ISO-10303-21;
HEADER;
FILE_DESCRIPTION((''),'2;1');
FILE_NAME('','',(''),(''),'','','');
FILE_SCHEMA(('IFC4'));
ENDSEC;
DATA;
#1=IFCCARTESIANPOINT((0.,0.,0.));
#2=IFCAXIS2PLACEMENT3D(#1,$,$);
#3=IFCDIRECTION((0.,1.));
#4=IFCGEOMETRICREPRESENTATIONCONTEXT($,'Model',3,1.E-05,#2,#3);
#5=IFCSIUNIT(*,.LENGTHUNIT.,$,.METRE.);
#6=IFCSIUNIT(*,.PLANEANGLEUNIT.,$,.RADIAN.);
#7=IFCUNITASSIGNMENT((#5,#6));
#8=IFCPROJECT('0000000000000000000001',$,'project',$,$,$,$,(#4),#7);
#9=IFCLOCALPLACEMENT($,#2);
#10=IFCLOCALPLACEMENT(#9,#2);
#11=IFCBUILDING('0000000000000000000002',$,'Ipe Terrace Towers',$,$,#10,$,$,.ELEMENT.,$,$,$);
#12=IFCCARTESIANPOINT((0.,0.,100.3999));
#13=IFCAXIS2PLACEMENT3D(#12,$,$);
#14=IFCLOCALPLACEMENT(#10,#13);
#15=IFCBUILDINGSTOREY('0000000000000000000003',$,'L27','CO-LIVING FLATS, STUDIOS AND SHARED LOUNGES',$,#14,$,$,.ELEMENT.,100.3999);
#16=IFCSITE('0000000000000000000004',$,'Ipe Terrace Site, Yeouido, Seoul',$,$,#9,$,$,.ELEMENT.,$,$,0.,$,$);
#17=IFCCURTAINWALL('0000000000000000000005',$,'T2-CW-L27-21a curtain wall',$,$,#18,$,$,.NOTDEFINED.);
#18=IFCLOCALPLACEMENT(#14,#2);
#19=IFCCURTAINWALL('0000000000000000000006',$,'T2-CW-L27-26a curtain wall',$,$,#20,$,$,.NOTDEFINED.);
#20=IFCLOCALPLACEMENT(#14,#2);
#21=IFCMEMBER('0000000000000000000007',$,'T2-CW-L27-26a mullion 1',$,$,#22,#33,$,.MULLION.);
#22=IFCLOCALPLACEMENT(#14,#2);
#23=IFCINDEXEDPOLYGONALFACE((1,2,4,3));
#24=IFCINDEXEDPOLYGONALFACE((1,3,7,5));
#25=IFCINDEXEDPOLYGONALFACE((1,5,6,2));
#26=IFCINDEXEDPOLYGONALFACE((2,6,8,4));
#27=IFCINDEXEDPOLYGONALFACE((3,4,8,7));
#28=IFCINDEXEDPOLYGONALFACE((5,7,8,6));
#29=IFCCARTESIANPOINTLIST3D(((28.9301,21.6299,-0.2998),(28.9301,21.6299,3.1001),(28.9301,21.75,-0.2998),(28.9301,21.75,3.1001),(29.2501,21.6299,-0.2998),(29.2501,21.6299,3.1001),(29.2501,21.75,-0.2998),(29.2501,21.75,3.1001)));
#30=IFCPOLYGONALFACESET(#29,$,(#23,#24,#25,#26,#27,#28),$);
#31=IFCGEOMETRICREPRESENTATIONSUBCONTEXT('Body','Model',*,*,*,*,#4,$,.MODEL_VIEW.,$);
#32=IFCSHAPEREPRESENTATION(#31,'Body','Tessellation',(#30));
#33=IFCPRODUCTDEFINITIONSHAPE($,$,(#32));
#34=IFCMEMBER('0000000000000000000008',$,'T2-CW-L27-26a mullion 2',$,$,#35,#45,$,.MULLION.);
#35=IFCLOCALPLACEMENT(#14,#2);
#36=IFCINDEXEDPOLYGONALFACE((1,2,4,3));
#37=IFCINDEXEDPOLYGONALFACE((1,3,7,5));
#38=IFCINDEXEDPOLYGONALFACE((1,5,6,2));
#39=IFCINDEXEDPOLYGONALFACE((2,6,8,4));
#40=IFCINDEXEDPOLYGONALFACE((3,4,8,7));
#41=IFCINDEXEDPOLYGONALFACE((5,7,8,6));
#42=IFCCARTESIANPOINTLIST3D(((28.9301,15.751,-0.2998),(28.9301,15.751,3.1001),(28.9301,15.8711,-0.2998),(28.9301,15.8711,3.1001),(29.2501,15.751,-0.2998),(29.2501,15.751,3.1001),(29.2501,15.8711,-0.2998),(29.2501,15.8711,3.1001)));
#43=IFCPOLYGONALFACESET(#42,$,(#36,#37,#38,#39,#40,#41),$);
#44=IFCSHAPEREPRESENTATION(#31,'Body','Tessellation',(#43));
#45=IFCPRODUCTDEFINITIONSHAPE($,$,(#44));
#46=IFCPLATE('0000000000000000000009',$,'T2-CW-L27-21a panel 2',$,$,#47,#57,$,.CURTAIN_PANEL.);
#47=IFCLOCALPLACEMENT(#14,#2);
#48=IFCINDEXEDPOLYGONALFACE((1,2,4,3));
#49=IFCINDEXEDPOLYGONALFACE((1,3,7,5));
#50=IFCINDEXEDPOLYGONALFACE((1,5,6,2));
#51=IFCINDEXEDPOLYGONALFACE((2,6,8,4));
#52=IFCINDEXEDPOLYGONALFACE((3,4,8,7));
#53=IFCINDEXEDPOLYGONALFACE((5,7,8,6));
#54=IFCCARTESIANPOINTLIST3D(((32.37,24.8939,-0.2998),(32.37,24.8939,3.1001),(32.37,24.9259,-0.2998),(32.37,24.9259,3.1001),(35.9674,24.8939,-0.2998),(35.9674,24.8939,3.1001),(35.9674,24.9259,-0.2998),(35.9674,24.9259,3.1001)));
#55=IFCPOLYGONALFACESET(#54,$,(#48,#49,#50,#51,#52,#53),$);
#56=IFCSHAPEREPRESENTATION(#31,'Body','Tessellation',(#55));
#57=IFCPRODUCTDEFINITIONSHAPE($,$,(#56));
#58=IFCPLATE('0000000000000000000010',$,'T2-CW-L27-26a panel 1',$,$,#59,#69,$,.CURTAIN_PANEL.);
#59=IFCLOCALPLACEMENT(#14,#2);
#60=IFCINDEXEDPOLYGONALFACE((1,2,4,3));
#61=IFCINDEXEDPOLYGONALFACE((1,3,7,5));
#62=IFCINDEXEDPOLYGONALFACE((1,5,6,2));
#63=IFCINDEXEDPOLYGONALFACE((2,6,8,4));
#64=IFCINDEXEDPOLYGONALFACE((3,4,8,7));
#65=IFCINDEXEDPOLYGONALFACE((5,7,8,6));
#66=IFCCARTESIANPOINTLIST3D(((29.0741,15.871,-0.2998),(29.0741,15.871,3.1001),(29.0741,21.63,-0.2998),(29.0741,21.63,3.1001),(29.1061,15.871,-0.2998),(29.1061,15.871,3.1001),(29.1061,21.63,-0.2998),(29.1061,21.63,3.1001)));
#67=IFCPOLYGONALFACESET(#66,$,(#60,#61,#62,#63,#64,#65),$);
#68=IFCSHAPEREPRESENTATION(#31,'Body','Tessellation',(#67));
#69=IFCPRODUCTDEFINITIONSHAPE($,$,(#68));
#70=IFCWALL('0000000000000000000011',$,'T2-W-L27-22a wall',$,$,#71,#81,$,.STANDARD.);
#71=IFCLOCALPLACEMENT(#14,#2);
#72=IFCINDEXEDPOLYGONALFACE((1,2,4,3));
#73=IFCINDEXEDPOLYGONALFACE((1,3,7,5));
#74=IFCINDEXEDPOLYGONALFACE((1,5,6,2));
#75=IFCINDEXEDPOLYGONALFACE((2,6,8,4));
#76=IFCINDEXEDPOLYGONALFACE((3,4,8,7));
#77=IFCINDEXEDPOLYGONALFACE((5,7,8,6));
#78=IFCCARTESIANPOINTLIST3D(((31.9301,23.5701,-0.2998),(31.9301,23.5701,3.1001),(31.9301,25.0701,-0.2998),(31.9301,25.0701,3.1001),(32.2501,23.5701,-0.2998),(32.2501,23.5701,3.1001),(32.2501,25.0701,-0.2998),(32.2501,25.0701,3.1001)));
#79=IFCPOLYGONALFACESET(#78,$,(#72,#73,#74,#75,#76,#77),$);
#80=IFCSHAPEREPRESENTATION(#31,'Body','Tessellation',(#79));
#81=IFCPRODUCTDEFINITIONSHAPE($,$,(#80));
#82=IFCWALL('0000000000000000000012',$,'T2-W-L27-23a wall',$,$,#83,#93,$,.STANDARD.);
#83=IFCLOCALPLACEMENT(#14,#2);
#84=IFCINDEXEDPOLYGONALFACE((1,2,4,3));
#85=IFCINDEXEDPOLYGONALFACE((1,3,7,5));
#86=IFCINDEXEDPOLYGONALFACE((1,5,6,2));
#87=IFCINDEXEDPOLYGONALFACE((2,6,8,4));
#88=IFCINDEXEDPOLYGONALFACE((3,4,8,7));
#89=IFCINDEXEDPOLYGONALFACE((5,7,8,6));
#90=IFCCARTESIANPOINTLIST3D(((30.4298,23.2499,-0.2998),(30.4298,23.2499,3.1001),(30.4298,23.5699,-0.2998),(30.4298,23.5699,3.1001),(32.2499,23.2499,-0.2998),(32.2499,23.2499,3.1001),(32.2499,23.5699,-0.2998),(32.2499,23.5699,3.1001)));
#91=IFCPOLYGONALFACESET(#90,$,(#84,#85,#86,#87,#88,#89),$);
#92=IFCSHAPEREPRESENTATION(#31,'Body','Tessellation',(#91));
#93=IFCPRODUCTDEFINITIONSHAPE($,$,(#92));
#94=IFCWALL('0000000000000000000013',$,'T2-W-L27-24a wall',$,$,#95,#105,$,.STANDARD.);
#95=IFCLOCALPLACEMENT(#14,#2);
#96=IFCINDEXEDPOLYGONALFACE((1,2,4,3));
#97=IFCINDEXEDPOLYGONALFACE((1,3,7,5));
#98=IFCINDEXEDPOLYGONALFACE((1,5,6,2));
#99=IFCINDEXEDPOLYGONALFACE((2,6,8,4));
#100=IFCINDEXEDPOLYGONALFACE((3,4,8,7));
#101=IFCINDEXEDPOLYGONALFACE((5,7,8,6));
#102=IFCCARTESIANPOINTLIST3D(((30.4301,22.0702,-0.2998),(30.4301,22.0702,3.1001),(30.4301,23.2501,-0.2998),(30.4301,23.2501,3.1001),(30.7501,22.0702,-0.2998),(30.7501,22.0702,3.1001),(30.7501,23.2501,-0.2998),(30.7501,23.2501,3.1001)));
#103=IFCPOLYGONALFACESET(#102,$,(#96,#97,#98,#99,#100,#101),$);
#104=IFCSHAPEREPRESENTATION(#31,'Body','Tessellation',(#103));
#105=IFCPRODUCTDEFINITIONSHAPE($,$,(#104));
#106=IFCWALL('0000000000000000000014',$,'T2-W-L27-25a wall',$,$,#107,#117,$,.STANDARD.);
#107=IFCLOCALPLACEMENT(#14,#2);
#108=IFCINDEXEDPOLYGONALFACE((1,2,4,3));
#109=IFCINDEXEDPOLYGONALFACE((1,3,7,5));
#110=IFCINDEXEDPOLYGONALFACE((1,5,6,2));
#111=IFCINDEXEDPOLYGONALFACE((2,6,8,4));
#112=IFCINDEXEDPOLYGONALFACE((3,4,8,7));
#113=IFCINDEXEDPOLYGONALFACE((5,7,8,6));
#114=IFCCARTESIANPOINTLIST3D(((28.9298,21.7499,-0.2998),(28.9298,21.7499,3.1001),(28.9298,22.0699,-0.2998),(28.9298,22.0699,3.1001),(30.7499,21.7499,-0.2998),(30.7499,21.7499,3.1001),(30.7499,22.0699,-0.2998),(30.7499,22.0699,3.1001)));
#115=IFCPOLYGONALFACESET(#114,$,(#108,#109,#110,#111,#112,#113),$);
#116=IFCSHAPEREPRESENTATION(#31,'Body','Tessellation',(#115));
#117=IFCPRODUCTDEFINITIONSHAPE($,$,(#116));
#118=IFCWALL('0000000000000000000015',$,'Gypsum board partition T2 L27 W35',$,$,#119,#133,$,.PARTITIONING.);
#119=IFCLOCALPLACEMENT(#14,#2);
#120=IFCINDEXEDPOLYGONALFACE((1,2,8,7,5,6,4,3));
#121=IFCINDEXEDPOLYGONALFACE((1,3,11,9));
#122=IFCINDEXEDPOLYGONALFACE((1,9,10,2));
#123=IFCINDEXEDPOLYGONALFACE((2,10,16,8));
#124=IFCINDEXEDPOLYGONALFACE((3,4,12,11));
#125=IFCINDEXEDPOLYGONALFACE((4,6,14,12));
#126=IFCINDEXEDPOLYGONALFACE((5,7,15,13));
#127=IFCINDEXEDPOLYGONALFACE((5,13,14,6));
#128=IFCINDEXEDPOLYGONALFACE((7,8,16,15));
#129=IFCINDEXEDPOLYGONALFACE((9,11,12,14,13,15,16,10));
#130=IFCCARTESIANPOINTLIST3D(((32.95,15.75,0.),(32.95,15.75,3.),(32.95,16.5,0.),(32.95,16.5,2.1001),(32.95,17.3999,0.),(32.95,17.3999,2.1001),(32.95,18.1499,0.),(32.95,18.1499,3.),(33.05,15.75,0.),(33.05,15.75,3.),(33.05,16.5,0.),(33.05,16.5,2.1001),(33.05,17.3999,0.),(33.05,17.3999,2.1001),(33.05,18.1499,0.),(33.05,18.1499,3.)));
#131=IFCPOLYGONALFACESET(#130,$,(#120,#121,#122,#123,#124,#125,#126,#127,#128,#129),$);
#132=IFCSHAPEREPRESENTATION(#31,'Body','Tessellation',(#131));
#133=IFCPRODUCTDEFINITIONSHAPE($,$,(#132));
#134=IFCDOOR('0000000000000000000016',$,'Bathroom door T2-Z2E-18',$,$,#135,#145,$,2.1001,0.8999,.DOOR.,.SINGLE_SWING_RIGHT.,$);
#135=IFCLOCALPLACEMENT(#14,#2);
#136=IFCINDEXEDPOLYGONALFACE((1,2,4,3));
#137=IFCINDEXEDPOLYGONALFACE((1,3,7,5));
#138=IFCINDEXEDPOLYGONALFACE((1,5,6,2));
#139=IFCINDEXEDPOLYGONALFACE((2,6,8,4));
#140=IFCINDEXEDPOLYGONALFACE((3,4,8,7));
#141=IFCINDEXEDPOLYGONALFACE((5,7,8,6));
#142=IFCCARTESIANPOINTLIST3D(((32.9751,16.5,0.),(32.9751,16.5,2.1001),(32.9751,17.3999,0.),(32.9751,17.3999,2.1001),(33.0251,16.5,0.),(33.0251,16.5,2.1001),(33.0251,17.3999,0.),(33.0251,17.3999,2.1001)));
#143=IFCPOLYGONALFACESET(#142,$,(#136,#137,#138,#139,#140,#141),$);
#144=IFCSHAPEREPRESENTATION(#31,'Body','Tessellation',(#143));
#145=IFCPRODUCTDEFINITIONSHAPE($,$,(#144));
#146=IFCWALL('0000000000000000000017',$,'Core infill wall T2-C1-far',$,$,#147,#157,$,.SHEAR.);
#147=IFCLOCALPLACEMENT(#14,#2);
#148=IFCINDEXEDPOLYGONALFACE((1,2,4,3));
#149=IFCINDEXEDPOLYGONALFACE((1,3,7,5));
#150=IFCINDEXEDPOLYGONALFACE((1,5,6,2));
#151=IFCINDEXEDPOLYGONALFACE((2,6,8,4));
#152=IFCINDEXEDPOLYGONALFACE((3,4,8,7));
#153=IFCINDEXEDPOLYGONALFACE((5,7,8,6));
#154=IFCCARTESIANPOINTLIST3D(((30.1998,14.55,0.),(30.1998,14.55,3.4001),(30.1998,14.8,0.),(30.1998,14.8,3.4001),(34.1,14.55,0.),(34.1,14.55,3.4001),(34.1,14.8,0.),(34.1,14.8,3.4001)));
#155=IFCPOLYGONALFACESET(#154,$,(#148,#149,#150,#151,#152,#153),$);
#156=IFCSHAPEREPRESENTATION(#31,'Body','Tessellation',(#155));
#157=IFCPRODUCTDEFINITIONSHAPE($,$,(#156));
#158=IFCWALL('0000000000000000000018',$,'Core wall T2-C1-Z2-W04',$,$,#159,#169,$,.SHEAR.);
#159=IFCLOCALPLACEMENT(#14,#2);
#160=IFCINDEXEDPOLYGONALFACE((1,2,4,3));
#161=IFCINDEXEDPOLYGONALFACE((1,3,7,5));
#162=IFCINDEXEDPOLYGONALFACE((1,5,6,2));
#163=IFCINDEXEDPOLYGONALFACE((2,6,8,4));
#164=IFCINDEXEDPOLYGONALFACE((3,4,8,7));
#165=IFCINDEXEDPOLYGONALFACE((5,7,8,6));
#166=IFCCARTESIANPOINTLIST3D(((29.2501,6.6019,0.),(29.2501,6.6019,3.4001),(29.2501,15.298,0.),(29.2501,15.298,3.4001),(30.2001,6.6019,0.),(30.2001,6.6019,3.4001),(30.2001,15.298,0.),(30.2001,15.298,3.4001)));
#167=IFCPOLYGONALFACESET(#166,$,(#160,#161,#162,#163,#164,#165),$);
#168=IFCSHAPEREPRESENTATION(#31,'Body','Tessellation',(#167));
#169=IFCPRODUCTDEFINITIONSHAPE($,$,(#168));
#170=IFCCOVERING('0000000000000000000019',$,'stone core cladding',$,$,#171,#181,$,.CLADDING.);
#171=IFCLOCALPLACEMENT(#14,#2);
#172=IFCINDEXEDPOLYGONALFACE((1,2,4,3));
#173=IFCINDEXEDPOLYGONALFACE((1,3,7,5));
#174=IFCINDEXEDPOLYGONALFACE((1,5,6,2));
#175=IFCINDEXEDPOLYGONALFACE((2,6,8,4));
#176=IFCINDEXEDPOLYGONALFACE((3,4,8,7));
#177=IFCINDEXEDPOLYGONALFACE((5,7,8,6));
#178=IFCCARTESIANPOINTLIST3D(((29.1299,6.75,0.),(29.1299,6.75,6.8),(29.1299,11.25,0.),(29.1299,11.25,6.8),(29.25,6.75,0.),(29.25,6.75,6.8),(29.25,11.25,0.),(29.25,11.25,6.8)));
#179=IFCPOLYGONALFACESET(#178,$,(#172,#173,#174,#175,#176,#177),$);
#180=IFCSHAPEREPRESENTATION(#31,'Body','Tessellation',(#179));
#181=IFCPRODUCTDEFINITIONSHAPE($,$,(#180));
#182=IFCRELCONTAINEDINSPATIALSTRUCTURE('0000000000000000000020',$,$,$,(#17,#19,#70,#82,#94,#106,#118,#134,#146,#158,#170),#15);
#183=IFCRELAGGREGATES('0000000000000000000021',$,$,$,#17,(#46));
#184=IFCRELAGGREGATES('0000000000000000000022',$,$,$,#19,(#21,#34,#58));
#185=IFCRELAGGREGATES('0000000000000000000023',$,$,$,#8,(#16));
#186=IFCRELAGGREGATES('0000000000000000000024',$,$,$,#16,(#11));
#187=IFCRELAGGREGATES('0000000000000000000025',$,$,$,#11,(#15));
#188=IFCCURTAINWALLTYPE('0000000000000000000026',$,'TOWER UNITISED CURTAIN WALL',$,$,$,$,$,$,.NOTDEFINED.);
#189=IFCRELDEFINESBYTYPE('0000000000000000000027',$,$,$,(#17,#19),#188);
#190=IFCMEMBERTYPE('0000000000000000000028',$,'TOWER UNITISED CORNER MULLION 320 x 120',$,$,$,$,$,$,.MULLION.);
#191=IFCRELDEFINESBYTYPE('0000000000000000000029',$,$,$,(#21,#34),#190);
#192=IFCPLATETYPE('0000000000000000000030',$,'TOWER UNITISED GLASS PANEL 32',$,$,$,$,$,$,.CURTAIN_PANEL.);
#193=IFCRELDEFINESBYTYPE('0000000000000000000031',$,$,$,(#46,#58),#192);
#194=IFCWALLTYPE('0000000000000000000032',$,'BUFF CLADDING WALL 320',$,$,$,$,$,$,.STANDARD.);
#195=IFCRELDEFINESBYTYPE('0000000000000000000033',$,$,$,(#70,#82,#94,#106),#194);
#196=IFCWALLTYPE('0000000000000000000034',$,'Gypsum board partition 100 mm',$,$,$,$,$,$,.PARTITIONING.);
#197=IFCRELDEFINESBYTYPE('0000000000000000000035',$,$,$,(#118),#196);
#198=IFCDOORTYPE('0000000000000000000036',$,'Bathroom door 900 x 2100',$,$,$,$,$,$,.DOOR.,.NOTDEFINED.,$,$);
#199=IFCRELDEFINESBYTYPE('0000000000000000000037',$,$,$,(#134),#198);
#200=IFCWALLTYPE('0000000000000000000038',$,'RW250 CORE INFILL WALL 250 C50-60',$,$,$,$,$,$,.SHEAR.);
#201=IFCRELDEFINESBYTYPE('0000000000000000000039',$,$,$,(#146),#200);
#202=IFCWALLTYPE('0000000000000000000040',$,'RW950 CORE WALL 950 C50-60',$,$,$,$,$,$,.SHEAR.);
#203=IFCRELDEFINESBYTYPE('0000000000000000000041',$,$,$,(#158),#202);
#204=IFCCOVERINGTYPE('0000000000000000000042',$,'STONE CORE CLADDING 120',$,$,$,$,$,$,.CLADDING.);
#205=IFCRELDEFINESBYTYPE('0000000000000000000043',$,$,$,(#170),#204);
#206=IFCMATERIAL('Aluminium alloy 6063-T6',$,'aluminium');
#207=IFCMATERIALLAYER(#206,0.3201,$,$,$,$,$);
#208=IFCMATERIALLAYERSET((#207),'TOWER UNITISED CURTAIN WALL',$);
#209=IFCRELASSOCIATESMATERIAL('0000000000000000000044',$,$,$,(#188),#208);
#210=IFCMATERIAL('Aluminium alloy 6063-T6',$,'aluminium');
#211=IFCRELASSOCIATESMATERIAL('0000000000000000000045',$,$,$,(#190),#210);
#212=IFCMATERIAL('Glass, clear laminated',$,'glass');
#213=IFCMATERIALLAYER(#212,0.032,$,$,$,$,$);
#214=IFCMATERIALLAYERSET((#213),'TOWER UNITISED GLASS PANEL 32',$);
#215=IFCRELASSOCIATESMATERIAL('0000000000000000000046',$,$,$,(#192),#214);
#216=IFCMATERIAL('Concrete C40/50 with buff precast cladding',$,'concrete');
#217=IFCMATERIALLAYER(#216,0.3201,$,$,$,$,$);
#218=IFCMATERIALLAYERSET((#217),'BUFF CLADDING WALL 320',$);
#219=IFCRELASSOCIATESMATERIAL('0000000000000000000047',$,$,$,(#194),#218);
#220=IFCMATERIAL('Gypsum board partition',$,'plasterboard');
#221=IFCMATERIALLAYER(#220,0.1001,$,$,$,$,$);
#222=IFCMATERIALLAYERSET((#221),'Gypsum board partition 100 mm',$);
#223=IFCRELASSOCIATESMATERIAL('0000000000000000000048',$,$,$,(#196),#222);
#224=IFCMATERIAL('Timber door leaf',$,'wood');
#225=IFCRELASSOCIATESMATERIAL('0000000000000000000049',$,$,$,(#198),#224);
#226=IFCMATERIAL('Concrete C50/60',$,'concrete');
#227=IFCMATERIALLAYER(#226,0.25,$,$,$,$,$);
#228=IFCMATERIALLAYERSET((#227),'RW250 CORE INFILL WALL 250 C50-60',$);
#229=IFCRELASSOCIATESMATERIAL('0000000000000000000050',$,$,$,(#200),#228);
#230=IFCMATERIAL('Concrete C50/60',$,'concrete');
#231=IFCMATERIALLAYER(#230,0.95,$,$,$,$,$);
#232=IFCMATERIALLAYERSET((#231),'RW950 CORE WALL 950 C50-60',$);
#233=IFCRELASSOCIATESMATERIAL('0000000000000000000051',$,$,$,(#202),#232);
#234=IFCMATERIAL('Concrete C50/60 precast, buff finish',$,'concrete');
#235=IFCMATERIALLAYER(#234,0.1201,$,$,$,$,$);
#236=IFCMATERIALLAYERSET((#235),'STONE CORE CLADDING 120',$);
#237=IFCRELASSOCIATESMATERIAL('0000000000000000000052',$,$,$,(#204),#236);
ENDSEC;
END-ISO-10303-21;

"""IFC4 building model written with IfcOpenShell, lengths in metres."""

from ifc_helpers import new_model, si_unit, direction, frame, frame_2d, origin, origin_2d, place, context, subcontext, project, spatial, rectangle, extrude, material, layer, layer_set, material_profile, profile_set, type_object, element, fill, aggregate, save


model = new_model("IFC4")

# Units and contexts
model_context = context("Model", 3, precision=1e-05, world=origin(), true_north=direction((0.0, 1.0)))
body_context = subcontext(model_context, "Body", "Model", "MODEL_VIEW")
ifc_project = project(units=[si_unit("LENGTHUNIT", "METRE"), si_unit("PLANEANGLEUNIT", "RADIAN")], contexts=[model_context])

# Site, building, storey
site_placement = place(None, origin())
site = spatial("IfcSite", under=ifc_project, at=site_placement, Name="Ipe Terrace Site, Yeouido, Seoul", CompositionType="ELEMENT", RefElevation=0.0)
building_placement = place(site_placement, origin())
building = spatial("IfcBuilding", under=site, at=building_placement, Name="Ipe Terrace Towers", CompositionType="ELEMENT")
storey_placement = place(building_placement, frame((0.0, 0.0, 100.3999)))
storey = spatial("IfcBuildingStorey", under=building, at=storey_placement, Name="L27", Description="CO-LIVING FLATS, STUDIOS AND SHARED LOUNGES", CompositionType="ELEMENT", Elevation=100.3999)

# Curtain wall
ifc_material_1 = material(Name="Aluminium alloy 6063-T6", Category="aluminium")
ifc_layer_1 = layer(ifc_material_1, 0.3201)
ifc_layer_set_1 = layer_set([ifc_layer_1], Name="TOWER UNITISED CURTAIN WALL")
curtain_wall_type = type_object("IfcCurtainWallType", Name="TOWER UNITISED CURTAIN WALL", PredefinedType="NOTDEFINED", material=ifc_layer_set_1)
curtain_wall_1_placement = place(storey_placement, origin())
curtain_wall_1 = element("IfcCurtainWall", 1, at=curtain_wall_1_placement, inside=storey, type_object=curtain_wall_type, Name="T2-CW-L27-21a curtain wall", PredefinedType="NOTDEFINED")
ifc_material_2 = material(Name="Aluminium alloy 6063-T6", Category="aluminium")
ifc_material_profile_1 = material_profile(ifc_material_2, rectangle(XDim=0.3201, YDim=0.1201, at=origin_2d()), Name="TOWER UNITISED CORNER MULLION 320 x 120")
ifc_profile_set_1 = profile_set([ifc_material_profile_1], Name="Aluminium alloy 6063-T6")
member_type = type_object("IfcMemberType", Name="TOWER UNITISED CORNER MULLION 320 x 120", PredefinedType="MULLION", material=ifc_profile_set_1)

# Curtain wall, members
curtain_wall_2_placement = place(storey_placement, origin())
curtain_wall_2 = element("IfcCurtainWall", 2, at=curtain_wall_2_placement, inside=storey, type_object=curtain_wall_type, Name="T2-CW-L27-26a curtain wall", PredefinedType="NOTDEFINED")
member_1_placement = place(storey_placement, frame((29.0901, 21.6899, -0.2998), z_axis=(0.0, 0.0, 1.0), x_axis=(-1.0, 0.0, 0.0)))
member_1 = element("IfcMember", 3, at=member_1_placement, type_object=member_type, Name="T2-CW-L27-26a mullion 1", PredefinedType="MULLION", context=body_context, shape_type="SweptSolid", body=[
    extrude(rectangle(XDim=0.3201, YDim=0.1201, at=origin_2d()), origin(), (0.0, 0.0, 1.0), 3.3999),
])
member_2_placement = place(storey_placement, frame((29.0901, 15.811, -0.2998), z_axis=(0.0, 0.0, 1.0), x_axis=(-1.0, 0.0, 0.0)))
member_2 = element("IfcMember", 4, at=member_2_placement, type_object=member_type, Name="T2-CW-L27-26a mullion 2", PredefinedType="MULLION", context=body_context, shape_type="SweptSolid", body=[
    extrude(rectangle(XDim=0.3201, YDim=0.1201, at=origin_2d()), origin(), (0.0, 0.0, 1.0), 3.3999),
])

# Plates
ifc_material_3 = material(Name="Glass, clear laminated", Category="glass")
ifc_layer_2 = layer(ifc_material_3, 0.032)
ifc_layer_set_2 = layer_set([ifc_layer_2], Name="TOWER UNITISED GLASS PANEL 32")
plate_type = type_object("IfcPlateType", Name="TOWER UNITISED GLASS PANEL 32", PredefinedType="CURTAIN_PANEL", material=ifc_layer_set_2)
plate_1_placement = place(storey_placement, frame((34.1687, 24.9099, -0.2998), z_axis=(0.0, 0.0, 1.0), x_axis=(-1.0, 0.0, 0.0)))
plate_1 = element("IfcPlate", 5, at=plate_1_placement, type_object=plate_type, Name="T2-CW-L27-21a panel 2", PredefinedType="CURTAIN_PANEL", context=body_context, shape_type="SweptSolid", body=[
    extrude(rectangle(XDim=3.5974, YDim=0.032, at=origin_2d()), origin(), (0.0, 0.0, 1.0), 3.3999),
])
aggregate(curtain_wall_1, [plate_1])
plate_2_placement = place(storey_placement, frame((29.0901, 18.7505, -0.2998), z_axis=(0.0, 0.0, 1.0), x_axis=(0.0, -1.0, 0.0)))
plate_2 = element("IfcPlate", 6, at=plate_2_placement, type_object=plate_type, Name="T2-CW-L27-26a panel 1", PredefinedType="CURTAIN_PANEL", context=body_context, shape_type="SweptSolid", body=[
    extrude(rectangle(XDim=5.759, YDim=0.032, at=origin_2d()), origin(), (0.0, 0.0, 1.0), 3.3999),
])
aggregate(curtain_wall_2, [member_1, member_2, plate_2])

# Walls
ifc_material_4 = material(Name="Concrete C40/50 with buff precast cladding", Category="concrete")
ifc_layer_3 = layer(ifc_material_4, 0.3201)
ifc_layer_set_3 = layer_set([ifc_layer_3], Name="BUFF CLADDING WALL 320")
wall_type_1 = type_object("IfcWallType", Name="BUFF CLADDING WALL 320", PredefinedType="STANDARD", material=ifc_layer_set_3)
wall_1_placement = place(storey_placement, frame((32.0901, 25.0701, -0.2998), z_axis=(0.0, 0.0, 1.0), x_axis=(0.0, -1.0, 0.0)))
element("IfcWall", 7, at=wall_1_placement, inside=storey, type_object=wall_type_1, Name="T2-W-L27-22a wall", PredefinedType="STANDARD", context=body_context, shape_type="SweptSolid", body=[
    extrude(rectangle(XDim=1.5, YDim=0.3201, at=frame_2d((0.75, 0.0))), origin(), (0.0, 0.0, 1.0), 3.3999),
])
wall_2_placement = place(storey_placement, frame((32.25, 23.4099, -0.2998), z_axis=(0.0, 0.0, 1.0), x_axis=(-1.0, 0.0, 0.0)))
element("IfcWall", 8, at=wall_2_placement, inside=storey, type_object=wall_type_1, Name="T2-W-L27-23a wall", PredefinedType="STANDARD", context=body_context, shape_type="SweptSolid", body=[
    extrude(rectangle(XDim=1.8201, YDim=0.3201, at=frame_2d((0.9102, 0.0))), origin(), (0.0, 0.0, 1.0), 3.3999),
])
wall_3_placement = place(storey_placement, frame((30.5901, 23.25, -0.2998), z_axis=(0.0, 0.0, 1.0), x_axis=(0.0, -1.0, 0.0)))
element("IfcWall", 9, at=wall_3_placement, inside=storey, type_object=wall_type_1, Name="T2-W-L27-24a wall", PredefinedType="STANDARD", context=body_context, shape_type="SweptSolid", body=[
    extrude(rectangle(XDim=1.1799, YDim=0.3201, at=frame_2d((0.5898, 0.0))), origin(), (0.0, 0.0, 1.0), 3.3999),
])
wall_4_placement = place(storey_placement, frame((30.75, 21.9099, -0.2998), z_axis=(0.0, 0.0, 1.0), x_axis=(-1.0, 0.0, 0.0)))
element("IfcWall", 10, at=wall_4_placement, inside=storey, type_object=wall_type_1, Name="T2-W-L27-25a wall", PredefinedType="STANDARD", context=body_context, shape_type="SweptSolid", body=[
    extrude(rectangle(XDim=1.8201, YDim=0.3201, at=frame_2d((0.9102, 0.0))), origin(), (0.0, 0.0, 1.0), 3.3999),
])

# Wall, opening, door
ifc_material_5 = material(Name="Gypsum board partition", Category="plasterboard")
ifc_layer_4 = layer(ifc_material_5, 0.1001)
ifc_layer_set_4 = layer_set([ifc_layer_4], Name="Gypsum board partition 100 mm")
wall_type_2 = type_object("IfcWallType", Name="Gypsum board partition 100 mm", PredefinedType="PARTITIONING", material=ifc_layer_set_4)
wall_5_placement = place(storey_placement, frame((33.0, 15.75, 0.0), z_axis=(0.0, 0.0, 1.0), x_axis=(0.0, 1.0, 0.0)))
wall_5 = element("IfcWall", 11, at=wall_5_placement, inside=storey, type_object=wall_type_2, Name="Gypsum board partition T2 L27 W35", PredefinedType="PARTITIONING", context=body_context, shape_type="SweptSolid", body=[
    extrude(rectangle(XDim=2.3999, YDim=0.1001, at=frame_2d((1.2, 0.0))), origin(), (0.0, 0.0, 1.0), 3.0),
])
opening_placement = place(wall_5_placement, frame((0.75, 0.0, 0.0)))
opening = element("IfcOpeningElement", 12, at=opening_placement, cuts=wall_5, PredefinedType="OPENING", context=body_context, shape_type="SweptSolid", body=[
    extrude(rectangle(XDim=0.8999, YDim=2.1001, at=frame_2d((0.45, 1.05))), frame((0.0, 0.0601, 0.0), z_axis=(0.0, -1.0, 0.0), x_axis=(1.0, 0.0, 0.0)), (0.0, 0.0, 1.0), 0.1201),
])
ifc_material_6 = material(Name="Timber door leaf", Category="wood")
door_type = type_object("IfcDoorType", Name="Bathroom door 900 x 2100", OperationType="NOTDEFINED", PredefinedType="DOOR", material=ifc_material_6)
door_placement = place(opening_placement, origin())
door = element("IfcDoor", 13, at=door_placement, inside=storey, type_object=door_type, Name="Bathroom door T2-Z2E-18", OperationType="SINGLE_SWING_RIGHT", OverallHeight=2.1001, OverallWidth=0.8999, PredefinedType="DOOR", context=body_context, shape_type="SweptSolid", body=[
    extrude(rectangle(XDim=0.8999, YDim=2.1001, at=frame_2d((0.45, 1.05))), frame((0.0, 0.0249, 0.0), z_axis=(0.0, -1.0, 0.0), x_axis=(1.0, 0.0, 0.0)), (0.0, 0.0, 1.0), 0.05),
])
fill(opening, door)

# Walls
ifc_material_7 = material(Name="Concrete C50/60", Category="concrete")
ifc_layer_5 = layer(ifc_material_7, 0.25)
ifc_layer_set_5 = layer_set([ifc_layer_5], Name="RW250 CORE INFILL WALL 250 C50-60")
wall_type_3 = type_object("IfcWallType", Name="RW250 CORE INFILL WALL 250 C50-60", PredefinedType="SHEAR", material=ifc_layer_set_5)
wall_6_placement = place(storey_placement, frame((34.1001, 14.675, 0.0), z_axis=(0.0, 0.0, 1.0), x_axis=(-1.0, 0.0, 0.0)))
element("IfcWall", 14, at=wall_6_placement, inside=storey, type_object=wall_type_3, Name="Core infill wall T2-C1-far", PredefinedType="SHEAR", context=body_context, shape_type="SweptSolid", body=[
    extrude(rectangle(XDim=3.9001, YDim=0.25, at=frame_2d((1.9502, 0.0))), origin(), (0.0, 0.0, 1.0), 3.4001),
])
ifc_material_8 = material(Name="Concrete C50/60", Category="concrete")
ifc_layer_6 = layer(ifc_material_8, 0.95)
ifc_layer_set_6 = layer_set([ifc_layer_6], Name="RW950 CORE WALL 950 C50-60")
wall_type_4 = type_object("IfcWallType", Name="RW950 CORE WALL 950 C50-60", PredefinedType="SHEAR", material=ifc_layer_set_6)
wall_7_placement = place(storey_placement, frame((29.7251, 15.2981, 0.0), z_axis=(0.0, 0.0, 1.0), x_axis=(0.0, -1.0, 0.0)))
element("IfcWall", 15, at=wall_7_placement, inside=storey, type_object=wall_type_4, Name="Core wall T2-C1-Z2-W04", PredefinedType="SHEAR", context=body_context, shape_type="SweptSolid", body=[
    extrude(rectangle(XDim=8.696, YDim=0.95, at=frame_2d((4.3481, 0.0))), origin(), (0.0, 0.0, 1.0), 3.4001),
])

# Covering
ifc_material_9 = material(Name="Concrete C50/60 precast, buff finish", Category="concrete")
ifc_layer_7 = layer(ifc_material_9, 0.1201)
ifc_layer_set_7 = layer_set([ifc_layer_7], Name="STONE CORE CLADDING 120")
covering_type_1 = type_object("IfcCoveringType", Name="STONE CORE CLADDING 120", PredefinedType="CLADDING", material=ifc_layer_set_7)
covering_1_placement = place(storey_placement, frame((29.1899, 9.0, 0.0), z_axis=(0.0, 0.0, 1.0), x_axis=(0.0, -1.0, 0.0)))
element("IfcCovering", 16, at=covering_1_placement, inside=storey, type_object=covering_type_1, Name="stone core cladding", PredefinedType="CLADDING", context=body_context, shape_type="SweptSolid", body=[
    extrude(rectangle(XDim=4.5, YDim=0.1201, at=origin_2d()), origin(), (0.0, 0.0, 1.0), 6.8),
])

save(model, "model.ifc")
